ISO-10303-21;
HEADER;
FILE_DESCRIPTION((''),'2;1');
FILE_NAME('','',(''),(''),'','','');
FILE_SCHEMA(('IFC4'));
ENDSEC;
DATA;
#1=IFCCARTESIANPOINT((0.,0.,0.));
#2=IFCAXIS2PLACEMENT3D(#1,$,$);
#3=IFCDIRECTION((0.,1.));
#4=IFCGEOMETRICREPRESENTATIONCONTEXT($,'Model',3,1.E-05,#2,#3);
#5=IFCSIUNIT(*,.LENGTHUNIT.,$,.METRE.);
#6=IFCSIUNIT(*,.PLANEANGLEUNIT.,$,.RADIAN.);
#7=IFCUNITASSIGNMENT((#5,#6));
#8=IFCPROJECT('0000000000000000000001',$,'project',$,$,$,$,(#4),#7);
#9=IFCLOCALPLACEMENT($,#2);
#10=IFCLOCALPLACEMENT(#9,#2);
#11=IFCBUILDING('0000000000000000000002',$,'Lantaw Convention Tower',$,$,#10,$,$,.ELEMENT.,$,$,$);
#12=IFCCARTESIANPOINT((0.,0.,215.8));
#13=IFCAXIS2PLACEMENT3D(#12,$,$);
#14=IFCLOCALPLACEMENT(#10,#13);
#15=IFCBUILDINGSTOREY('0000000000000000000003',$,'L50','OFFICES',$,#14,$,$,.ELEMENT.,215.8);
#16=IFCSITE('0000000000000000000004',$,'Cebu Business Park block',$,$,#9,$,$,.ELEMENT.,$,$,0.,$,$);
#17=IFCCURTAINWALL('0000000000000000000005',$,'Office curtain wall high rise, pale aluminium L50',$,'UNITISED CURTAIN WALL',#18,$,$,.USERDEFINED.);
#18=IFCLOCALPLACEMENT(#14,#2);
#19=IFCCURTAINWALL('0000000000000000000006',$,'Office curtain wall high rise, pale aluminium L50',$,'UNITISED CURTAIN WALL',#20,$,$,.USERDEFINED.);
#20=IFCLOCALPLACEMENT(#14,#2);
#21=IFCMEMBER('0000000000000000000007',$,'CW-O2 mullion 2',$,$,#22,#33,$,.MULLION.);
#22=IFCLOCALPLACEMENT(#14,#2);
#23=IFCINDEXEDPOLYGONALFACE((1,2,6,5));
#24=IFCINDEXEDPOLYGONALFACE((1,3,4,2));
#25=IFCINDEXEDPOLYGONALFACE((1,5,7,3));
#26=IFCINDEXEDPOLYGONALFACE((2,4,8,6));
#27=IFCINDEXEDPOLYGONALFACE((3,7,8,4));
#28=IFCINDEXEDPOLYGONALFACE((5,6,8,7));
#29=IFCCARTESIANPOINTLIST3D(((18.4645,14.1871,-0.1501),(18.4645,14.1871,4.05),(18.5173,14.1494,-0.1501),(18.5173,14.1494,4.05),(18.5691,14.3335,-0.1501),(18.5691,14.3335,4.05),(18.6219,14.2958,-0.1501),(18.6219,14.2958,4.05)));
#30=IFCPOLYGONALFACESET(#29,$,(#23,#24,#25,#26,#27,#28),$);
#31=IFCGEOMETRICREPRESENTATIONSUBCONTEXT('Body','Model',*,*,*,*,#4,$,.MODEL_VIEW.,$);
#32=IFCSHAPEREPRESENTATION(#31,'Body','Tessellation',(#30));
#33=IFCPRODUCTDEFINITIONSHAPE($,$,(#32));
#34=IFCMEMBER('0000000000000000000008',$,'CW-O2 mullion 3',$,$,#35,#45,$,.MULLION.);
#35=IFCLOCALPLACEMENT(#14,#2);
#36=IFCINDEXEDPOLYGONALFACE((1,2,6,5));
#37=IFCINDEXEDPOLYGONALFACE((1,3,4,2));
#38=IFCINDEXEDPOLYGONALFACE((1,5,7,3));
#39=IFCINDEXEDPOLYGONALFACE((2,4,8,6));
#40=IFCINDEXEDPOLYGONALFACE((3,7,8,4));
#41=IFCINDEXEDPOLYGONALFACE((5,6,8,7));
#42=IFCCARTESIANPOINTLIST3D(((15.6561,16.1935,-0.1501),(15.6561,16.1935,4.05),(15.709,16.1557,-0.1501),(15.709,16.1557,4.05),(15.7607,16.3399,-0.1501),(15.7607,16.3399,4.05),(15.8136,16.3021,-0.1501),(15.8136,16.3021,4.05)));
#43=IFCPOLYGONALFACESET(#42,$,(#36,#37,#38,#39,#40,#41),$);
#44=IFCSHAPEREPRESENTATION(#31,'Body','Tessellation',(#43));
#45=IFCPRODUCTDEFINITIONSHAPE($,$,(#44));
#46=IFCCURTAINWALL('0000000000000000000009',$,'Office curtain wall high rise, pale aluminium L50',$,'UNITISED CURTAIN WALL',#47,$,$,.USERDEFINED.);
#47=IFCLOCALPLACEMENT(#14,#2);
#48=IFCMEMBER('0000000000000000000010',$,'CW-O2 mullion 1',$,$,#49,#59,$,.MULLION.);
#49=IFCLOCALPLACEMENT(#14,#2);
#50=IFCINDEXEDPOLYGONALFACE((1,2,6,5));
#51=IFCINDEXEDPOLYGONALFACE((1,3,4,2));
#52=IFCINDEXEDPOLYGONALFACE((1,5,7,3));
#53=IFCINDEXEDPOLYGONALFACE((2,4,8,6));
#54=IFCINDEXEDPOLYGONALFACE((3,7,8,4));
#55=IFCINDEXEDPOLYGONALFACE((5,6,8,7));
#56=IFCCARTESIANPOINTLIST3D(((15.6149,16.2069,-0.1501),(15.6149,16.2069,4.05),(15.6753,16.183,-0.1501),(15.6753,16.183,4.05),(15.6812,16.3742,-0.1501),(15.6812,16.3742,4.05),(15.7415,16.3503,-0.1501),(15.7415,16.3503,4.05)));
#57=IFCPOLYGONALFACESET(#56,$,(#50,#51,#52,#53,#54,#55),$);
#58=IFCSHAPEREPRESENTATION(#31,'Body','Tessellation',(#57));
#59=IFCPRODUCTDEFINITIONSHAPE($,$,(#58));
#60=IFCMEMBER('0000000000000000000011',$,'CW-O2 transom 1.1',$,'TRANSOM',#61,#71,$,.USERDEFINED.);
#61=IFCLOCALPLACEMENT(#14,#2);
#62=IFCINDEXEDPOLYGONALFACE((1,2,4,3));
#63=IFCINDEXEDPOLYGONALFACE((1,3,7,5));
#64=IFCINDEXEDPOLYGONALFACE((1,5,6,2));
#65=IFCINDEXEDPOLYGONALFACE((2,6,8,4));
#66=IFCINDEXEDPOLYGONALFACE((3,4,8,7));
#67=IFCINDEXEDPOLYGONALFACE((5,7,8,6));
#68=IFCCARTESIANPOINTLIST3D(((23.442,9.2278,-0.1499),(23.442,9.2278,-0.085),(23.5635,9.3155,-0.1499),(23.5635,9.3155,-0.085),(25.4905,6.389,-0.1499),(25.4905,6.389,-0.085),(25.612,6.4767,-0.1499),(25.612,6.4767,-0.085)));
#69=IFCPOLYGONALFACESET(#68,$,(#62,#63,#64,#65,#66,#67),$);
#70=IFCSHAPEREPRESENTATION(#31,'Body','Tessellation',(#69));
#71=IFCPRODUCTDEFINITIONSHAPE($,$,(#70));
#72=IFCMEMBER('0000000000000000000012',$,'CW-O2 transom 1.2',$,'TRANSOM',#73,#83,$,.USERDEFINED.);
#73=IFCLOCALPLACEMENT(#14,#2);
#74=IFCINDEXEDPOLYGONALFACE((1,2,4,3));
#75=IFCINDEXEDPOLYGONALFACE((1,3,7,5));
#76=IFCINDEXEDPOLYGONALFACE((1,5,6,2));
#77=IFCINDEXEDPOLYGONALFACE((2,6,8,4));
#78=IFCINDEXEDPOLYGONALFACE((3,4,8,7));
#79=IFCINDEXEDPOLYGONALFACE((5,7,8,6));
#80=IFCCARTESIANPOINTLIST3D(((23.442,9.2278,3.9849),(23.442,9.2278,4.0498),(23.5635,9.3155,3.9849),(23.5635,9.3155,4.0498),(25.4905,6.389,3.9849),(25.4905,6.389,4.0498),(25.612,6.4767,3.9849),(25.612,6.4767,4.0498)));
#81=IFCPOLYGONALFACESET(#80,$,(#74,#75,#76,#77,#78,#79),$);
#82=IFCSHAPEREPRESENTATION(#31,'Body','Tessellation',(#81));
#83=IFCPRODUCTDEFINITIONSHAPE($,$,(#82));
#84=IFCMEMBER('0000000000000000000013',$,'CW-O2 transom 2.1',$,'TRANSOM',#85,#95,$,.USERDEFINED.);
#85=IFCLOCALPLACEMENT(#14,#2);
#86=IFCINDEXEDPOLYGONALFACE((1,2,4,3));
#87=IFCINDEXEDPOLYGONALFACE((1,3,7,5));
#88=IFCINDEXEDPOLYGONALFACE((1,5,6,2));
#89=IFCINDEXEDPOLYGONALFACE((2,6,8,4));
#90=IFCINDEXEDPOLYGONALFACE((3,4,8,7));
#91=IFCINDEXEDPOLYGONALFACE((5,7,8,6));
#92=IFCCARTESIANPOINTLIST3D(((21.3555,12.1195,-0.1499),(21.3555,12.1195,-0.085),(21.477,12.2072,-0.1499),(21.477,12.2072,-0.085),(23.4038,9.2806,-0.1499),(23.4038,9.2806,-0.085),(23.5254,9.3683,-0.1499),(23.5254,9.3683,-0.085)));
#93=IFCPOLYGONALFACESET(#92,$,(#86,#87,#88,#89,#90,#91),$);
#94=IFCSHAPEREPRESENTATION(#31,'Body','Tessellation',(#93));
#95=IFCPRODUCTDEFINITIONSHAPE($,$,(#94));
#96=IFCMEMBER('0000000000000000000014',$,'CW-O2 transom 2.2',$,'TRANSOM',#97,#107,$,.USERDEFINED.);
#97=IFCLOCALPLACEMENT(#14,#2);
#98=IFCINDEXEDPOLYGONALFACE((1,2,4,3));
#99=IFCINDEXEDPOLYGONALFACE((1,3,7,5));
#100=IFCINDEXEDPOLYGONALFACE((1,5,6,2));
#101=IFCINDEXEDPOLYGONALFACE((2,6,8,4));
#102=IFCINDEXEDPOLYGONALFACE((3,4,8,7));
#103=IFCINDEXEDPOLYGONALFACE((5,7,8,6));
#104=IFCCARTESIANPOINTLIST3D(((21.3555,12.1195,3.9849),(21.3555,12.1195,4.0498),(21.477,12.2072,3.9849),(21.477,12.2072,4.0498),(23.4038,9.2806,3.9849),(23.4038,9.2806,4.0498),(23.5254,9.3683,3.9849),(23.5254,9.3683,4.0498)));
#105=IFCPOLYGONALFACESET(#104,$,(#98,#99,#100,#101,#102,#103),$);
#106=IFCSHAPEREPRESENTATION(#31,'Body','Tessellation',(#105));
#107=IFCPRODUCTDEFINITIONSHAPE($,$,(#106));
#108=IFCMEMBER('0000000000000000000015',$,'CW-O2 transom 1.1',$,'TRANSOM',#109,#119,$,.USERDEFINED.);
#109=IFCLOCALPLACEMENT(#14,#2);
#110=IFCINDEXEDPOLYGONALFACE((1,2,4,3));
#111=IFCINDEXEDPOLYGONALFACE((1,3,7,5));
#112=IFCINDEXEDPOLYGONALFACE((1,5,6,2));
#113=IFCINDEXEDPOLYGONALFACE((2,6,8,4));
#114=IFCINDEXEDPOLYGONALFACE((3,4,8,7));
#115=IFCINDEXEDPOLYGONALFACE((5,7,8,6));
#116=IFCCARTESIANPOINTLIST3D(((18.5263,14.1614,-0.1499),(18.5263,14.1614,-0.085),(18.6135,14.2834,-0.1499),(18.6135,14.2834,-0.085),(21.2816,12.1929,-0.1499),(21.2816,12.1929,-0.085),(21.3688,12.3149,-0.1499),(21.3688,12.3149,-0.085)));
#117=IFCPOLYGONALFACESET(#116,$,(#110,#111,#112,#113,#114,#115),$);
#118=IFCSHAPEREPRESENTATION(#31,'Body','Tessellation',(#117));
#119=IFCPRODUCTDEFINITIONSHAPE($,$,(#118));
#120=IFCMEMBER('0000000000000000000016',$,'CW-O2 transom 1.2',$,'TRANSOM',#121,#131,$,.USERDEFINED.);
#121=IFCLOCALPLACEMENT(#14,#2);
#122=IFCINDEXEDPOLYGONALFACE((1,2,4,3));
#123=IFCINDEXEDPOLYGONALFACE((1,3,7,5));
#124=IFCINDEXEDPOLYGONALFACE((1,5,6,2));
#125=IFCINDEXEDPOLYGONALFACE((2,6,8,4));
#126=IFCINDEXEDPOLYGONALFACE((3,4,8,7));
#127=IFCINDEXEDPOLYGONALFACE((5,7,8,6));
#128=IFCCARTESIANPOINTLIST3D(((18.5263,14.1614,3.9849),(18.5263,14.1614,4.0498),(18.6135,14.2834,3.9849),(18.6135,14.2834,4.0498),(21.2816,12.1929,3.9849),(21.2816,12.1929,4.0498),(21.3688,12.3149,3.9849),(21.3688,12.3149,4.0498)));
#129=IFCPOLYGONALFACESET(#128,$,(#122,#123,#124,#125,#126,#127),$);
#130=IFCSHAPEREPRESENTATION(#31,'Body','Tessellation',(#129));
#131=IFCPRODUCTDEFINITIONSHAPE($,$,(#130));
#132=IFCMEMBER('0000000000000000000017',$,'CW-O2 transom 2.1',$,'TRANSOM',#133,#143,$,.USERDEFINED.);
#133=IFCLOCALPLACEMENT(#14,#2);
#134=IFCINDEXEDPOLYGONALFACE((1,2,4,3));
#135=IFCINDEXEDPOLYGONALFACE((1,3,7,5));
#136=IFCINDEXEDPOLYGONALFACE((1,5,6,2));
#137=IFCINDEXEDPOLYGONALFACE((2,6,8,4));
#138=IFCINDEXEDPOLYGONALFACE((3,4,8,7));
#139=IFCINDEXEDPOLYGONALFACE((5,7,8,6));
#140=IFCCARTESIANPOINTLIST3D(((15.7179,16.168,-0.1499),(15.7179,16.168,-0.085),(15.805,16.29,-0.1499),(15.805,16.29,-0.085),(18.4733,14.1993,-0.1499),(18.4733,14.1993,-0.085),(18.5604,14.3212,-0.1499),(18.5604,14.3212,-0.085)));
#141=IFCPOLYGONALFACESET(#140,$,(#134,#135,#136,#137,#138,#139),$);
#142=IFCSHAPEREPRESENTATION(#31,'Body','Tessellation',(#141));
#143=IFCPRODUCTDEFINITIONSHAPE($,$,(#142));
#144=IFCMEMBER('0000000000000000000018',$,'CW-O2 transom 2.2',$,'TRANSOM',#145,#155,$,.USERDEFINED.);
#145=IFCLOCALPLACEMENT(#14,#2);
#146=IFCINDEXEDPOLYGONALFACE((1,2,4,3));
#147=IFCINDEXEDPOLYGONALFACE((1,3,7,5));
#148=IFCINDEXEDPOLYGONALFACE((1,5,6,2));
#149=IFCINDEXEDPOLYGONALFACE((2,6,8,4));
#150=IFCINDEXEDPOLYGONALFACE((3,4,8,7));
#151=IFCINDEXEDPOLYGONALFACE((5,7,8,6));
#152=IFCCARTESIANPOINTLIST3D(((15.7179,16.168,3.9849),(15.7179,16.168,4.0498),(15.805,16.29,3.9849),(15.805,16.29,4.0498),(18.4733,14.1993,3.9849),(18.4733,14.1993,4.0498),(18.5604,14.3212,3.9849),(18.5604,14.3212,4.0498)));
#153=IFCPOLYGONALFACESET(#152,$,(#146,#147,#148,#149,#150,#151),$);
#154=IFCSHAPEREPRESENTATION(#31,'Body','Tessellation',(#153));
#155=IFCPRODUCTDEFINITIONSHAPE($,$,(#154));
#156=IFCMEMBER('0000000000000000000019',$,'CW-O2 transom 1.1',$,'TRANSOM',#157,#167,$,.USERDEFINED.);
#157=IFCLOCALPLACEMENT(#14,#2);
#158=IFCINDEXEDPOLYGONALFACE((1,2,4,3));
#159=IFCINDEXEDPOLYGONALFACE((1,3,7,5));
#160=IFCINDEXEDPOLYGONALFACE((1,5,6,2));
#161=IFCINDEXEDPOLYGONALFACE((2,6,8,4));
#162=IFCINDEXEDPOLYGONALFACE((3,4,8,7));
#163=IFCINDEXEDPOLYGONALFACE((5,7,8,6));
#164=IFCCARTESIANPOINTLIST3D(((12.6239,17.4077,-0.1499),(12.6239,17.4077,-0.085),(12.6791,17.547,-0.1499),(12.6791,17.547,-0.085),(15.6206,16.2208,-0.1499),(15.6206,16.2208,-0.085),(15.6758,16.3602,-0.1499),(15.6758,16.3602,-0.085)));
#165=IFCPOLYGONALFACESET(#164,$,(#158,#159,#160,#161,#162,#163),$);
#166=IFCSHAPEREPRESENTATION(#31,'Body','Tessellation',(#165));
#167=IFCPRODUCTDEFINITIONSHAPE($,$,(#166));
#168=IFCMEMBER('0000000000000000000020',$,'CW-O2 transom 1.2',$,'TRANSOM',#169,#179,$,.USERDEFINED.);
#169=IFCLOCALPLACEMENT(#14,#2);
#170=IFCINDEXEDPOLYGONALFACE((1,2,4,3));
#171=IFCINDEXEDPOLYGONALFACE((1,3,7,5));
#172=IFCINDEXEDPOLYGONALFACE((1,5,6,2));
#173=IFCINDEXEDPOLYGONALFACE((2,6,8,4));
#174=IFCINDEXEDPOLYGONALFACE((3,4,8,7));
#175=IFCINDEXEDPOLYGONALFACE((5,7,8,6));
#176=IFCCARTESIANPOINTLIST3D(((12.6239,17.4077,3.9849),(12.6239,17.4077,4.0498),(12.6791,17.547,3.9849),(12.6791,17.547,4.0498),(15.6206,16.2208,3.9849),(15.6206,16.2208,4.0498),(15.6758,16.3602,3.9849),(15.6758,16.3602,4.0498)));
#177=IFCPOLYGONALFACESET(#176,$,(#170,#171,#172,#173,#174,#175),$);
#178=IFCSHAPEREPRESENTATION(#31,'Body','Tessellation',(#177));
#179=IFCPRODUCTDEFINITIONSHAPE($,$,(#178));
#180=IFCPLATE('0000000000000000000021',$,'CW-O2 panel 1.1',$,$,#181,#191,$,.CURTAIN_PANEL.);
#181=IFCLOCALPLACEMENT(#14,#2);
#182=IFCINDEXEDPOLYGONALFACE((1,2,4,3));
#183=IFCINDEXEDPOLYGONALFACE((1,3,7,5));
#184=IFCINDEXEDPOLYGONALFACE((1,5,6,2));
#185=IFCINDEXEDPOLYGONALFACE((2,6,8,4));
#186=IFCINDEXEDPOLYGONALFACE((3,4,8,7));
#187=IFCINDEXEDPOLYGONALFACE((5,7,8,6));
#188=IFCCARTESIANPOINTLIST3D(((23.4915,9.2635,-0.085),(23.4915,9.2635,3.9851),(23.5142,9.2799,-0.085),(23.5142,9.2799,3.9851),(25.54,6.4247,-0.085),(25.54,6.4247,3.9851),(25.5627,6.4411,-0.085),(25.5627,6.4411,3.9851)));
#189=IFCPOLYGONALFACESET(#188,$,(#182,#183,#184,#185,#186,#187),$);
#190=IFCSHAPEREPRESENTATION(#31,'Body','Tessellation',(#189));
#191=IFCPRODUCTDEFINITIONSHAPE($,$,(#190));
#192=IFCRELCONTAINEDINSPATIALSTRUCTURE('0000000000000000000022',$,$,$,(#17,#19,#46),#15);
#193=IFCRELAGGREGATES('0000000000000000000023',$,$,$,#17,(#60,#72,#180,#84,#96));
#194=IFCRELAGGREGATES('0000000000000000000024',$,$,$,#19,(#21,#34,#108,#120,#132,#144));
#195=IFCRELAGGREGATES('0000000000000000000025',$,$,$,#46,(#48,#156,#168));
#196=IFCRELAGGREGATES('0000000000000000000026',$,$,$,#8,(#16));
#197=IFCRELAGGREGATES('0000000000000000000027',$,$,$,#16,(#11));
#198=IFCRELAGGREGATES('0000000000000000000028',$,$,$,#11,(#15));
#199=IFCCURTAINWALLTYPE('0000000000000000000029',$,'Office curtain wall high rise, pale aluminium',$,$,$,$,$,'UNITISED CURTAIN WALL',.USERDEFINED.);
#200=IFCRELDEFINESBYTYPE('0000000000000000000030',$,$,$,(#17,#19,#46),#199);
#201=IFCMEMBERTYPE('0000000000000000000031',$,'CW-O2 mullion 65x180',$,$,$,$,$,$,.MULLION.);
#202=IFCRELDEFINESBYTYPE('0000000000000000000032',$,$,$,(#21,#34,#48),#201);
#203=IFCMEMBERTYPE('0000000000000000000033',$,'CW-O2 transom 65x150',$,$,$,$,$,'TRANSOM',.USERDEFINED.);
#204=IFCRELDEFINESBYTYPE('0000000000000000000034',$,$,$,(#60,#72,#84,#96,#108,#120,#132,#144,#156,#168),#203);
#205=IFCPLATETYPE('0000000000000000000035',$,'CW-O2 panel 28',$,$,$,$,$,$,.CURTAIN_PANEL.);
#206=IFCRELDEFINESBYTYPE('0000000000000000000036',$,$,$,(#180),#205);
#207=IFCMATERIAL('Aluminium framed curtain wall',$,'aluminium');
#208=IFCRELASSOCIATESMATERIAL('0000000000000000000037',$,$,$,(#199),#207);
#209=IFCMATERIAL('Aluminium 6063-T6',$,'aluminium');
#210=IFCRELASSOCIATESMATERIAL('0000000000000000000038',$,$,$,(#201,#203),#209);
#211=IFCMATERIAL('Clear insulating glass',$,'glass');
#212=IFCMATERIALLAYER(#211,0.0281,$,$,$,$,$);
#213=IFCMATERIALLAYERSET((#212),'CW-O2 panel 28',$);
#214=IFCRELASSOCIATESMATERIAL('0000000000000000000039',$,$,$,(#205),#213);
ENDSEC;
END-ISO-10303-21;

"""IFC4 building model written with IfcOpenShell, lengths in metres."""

from ifc_helpers import new_model, si_unit, direction, frame, origin, origin_2d, place, context, subcontext, project, spatial, rectangle, extrude, material, layer, layer_set, material_profile, profile_set, type_object, element, aggregate, save


model = new_model("IFC4")

# Units and contexts
model_context = context("Model", 3, precision=1e-05, world=origin(), true_north=direction((0.0, 1.0)))
body_context = subcontext(model_context, "Body", "Model", "MODEL_VIEW")
ifc_project = project(units=[si_unit("LENGTHUNIT", "METRE"), si_unit("PLANEANGLEUNIT", "RADIAN")], contexts=[model_context])

# Site, building, storey
site_placement = place(None, origin())
site = spatial("IfcSite", under=ifc_project, at=site_placement, Name="Cebu Business Park block", CompositionType="ELEMENT", RefElevation=0.0)
building_placement = place(site_placement, origin())
building = spatial("IfcBuilding", under=site, at=building_placement, Name="Lantaw Convention Tower", CompositionType="ELEMENT")
storey_placement = place(building_placement, frame((0.0, 0.0, 215.8)))
storey = spatial("IfcBuildingStorey", under=building, at=storey_placement, Name="L50", Description="OFFICES", CompositionType="ELEMENT", Elevation=215.8)

# Curtain walls, members
ifc_material_1 = material(Name="Aluminium framed curtain wall", Category="aluminium")
curtain_wall_type = type_object("IfcCurtainWallType", Name="Office curtain wall high rise, pale aluminium", ElementType="UNITISED CURTAIN WALL", PredefinedType="USERDEFINED", material=ifc_material_1)
curtain_wall_1_placement = place(storey_placement, origin())
curtain_wall_1 = element("IfcCurtainWall", 1, at=curtain_wall_1_placement, inside=storey, type_object=curtain_wall_type, Name="Office curtain wall high rise, pale aluminium L50", ObjectType="UNITISED CURTAIN WALL", PredefinedType="USERDEFINED")
ifc_material_2 = material(Name="Aluminium 6063-T6", Category="aluminium")
ifc_material_profile_1 = material_profile(ifc_material_2, rectangle(XDim=0.1799, YDim=0.0649, at=origin_2d()), Name="CW-O2 mullion 65x180")
ifc_profile_set_1 = profile_set([ifc_material_profile_1], Name="Aluminium 6063-T6")
member_type_1 = type_object("IfcMemberType", Name="CW-O2 mullion 65x180", PredefinedType="MULLION", material=ifc_profile_set_1)
curtain_wall_2_placement = place(storey_placement, origin())
curtain_wall_2 = element("IfcCurtainWall", 2, at=curtain_wall_2_placement, inside=storey, type_object=curtain_wall_type, Name="Office curtain wall high rise, pale aluminium L50", ObjectType="UNITISED CURTAIN WALL", PredefinedType="USERDEFINED")
member_1_placement = place(storey_placement, frame((18.5432, 14.2415, -0.1501), z_axis=(0.0, 0.0, 1.0), x_axis=(-0.581323, -0.813673, 0.0)))
member_1 = element("IfcMember", 3, at=member_1_placement, type_object=member_type_1, Name="CW-O2 mullion 2", PredefinedType="MULLION", context=body_context, shape_type="SweptSolid", body=[
    extrude(rectangle(XDim=0.1799, YDim=0.0649, at=origin_2d()), origin(), (0.0, 0.0, 1.0), 4.2002),
])
member_2_placement = place(storey_placement, frame((15.7349, 16.2478, -0.1501), z_axis=(0.0, 0.0, 1.0), x_axis=(-0.581323, -0.813673, 0.0)))
member_2 = element("IfcMember", 4, at=member_2_placement, type_object=member_type_1, Name="CW-O2 mullion 3", PredefinedType="MULLION", context=body_context, shape_type="SweptSolid", body=[
    extrude(rectangle(XDim=0.1799, YDim=0.0649, at=origin_2d()), origin(), (0.0, 0.0, 1.0), 4.2002),
])

# Curtain wall, member
curtain_wall_3_placement = place(storey_placement, origin())
curtain_wall_3 = element("IfcCurtainWall", 5, at=curtain_wall_3_placement, inside=storey, type_object=curtain_wall_type, Name="Office curtain wall high rise, pale aluminium L50", ObjectType="UNITISED CURTAIN WALL", PredefinedType="USERDEFINED")
member_3_placement = place(storey_placement, frame((15.6782, 16.2786, -0.1501), z_axis=(0.0, 0.0, 1.0), x_axis=(-0.368162, -0.929762, 0.0)))
member_3 = element("IfcMember", 6, at=member_3_placement, type_object=member_type_1, Name="CW-O2 mullion 1", PredefinedType="MULLION", context=body_context, shape_type="SweptSolid", body=[
    extrude(rectangle(XDim=0.1799, YDim=0.0649, at=origin_2d()), origin(), (0.0, 0.0, 1.0), 4.2002),
])

# Members
ifc_material_profile_2 = material_profile(ifc_material_2, rectangle(XDim=0.1499, YDim=0.0649, at=origin_2d()), Name="CW-O2 transom 65x150")
ifc_profile_set_2 = profile_set([ifc_material_profile_2], Name="Aluminium 6063-T6")
member_type_2 = type_object("IfcMemberType", Name="CW-O2 transom 65x150", ElementType="TRANSOM", PredefinedType="USERDEFINED", material=ifc_profile_set_2)
member_4_placement = place(storey_placement, frame((25.5513, 6.4329, -0.1174), z_axis=(-0.58517, 0.810911, 0.0), x_axis=(-0.810911, -0.58517, 0.0)))
member_4 = element("IfcMember", 7, at=member_4_placement, type_object=member_type_2, Name="CW-O2 transom 1.1", ObjectType="TRANSOM", PredefinedType="USERDEFINED", context=body_context, shape_type="SweptSolid", body=[
    extrude(rectangle(XDim=0.1499, YDim=0.0649, at=origin_2d()), origin(), (0.0, 0.0, 1.0), 3.5007),
])
member_5_placement = place(storey_placement, frame((25.5513, 6.4329, 4.0173), z_axis=(-0.58517, 0.810911, 0.0), x_axis=(-0.810911, -0.58517, 0.0)))
member_5 = element("IfcMember", 8, at=member_5_placement, type_object=member_type_2, Name="CW-O2 transom 1.2", ObjectType="TRANSOM", PredefinedType="USERDEFINED", context=body_context, shape_type="SweptSolid", body=[
    extrude(rectangle(XDim=0.1499, YDim=0.0649, at=origin_2d()), origin(), (0.0, 0.0, 1.0), 3.5007),
])
member_6_placement = place(storey_placement, frame((23.4646, 9.3245, -0.1174), z_axis=(-0.585124, 0.810944, 0.0), x_axis=(-0.810944, -0.585124, 0.0)))
member_6 = element("IfcMember", 9, at=member_6_placement, type_object=member_type_2, Name="CW-O2 transom 2.1", ObjectType="TRANSOM", PredefinedType="USERDEFINED", context=body_context, shape_type="SweptSolid", body=[
    extrude(rectangle(XDim=0.1499, YDim=0.0649, at=origin_2d()), origin(), (0.0, 0.0, 1.0), 3.5007),
])
member_7_placement = place(storey_placement, frame((23.4646, 9.3245, 4.0173), z_axis=(-0.585124, 0.810944, 0.0), x_axis=(-0.810944, -0.585124, 0.0)))
member_7 = element("IfcMember", 10, at=member_7_placement, type_object=member_type_2, Name="CW-O2 transom 2.2", ObjectType="TRANSOM", PredefinedType="USERDEFINED", context=body_context, shape_type="SweptSolid", body=[
    extrude(rectangle(XDim=0.1499, YDim=0.0649, at=origin_2d()), origin(), (0.0, 0.0, 1.0), 3.5007),
])
member_8_placement = place(storey_placement, frame((21.3252, 12.2539, -0.1174), z_axis=(-0.81368, 0.581313, 0.0), x_axis=(-0.581313, -0.81368, 0.0)))
member_8 = element("IfcMember", 11, at=member_8_placement, type_object=member_type_2, Name="CW-O2 transom 1.1", ObjectType="TRANSOM", PredefinedType="USERDEFINED", context=body_context, shape_type="SweptSolid", body=[
    extrude(rectangle(XDim=0.1499, YDim=0.0649, at=origin_2d()), origin(), (0.0, 0.0, 1.0), 3.3862),
])
member_9_placement = place(storey_placement, frame((21.3252, 12.2539, 4.0173), z_axis=(-0.81368, 0.581313, 0.0), x_axis=(-0.581313, -0.81368, 0.0)))
member_9 = element("IfcMember", 12, at=member_9_placement, type_object=member_type_2, Name="CW-O2 transom 1.2", ObjectType="TRANSOM", PredefinedType="USERDEFINED", context=body_context, shape_type="SweptSolid", body=[
    extrude(rectangle(XDim=0.1499, YDim=0.0649, at=origin_2d()), origin(), (0.0, 0.0, 1.0), 3.3862),
])
member_10_placement = place(storey_placement, frame((18.5168, 14.2603, -0.1174), z_axis=(-0.813646, 0.581361, 0.0), x_axis=(-0.581361, -0.813646, 0.0)))
member_10 = element("IfcMember", 13, at=member_10_placement, type_object=member_type_2, Name="CW-O2 transom 2.1", ObjectType="TRANSOM", PredefinedType="USERDEFINED", context=body_context, shape_type="SweptSolid", body=[
    extrude(rectangle(XDim=0.1499, YDim=0.0649, at=origin_2d()), origin(), (0.0, 0.0, 1.0), 3.3865),
])
member_11_placement = place(storey_placement, frame((18.5168, 14.2603, 4.0173), z_axis=(-0.813646, 0.581361, 0.0), x_axis=(-0.581361, -0.813646, 0.0)))
member_11 = element("IfcMember", 14, at=member_11_placement, type_object=member_type_2, Name="CW-O2 transom 2.2", ObjectType="TRANSOM", PredefinedType="USERDEFINED", context=body_context, shape_type="SweptSolid", body=[
    extrude(rectangle(XDim=0.1499, YDim=0.0649, at=origin_2d()), origin(), (0.0, 0.0, 1.0), 3.3865),
])
member_12_placement = place(storey_placement, frame((15.6482, 16.2905, -0.1174), z_axis=(-0.929741, 0.368215, 0.0), x_axis=(-0.368215, -0.929741, 0.0)))
member_12 = element("IfcMember", 15, at=member_12_placement, type_object=member_type_2, Name="CW-O2 transom 1.1", ObjectType="TRANSOM", PredefinedType="USERDEFINED", context=body_context, shape_type="SweptSolid", body=[
    extrude(rectangle(XDim=0.1499, YDim=0.0649, at=origin_2d()), origin(), (0.0, 0.0, 1.0), 3.2231),
])
member_13_placement = place(storey_placement, frame((15.6482, 16.2905, 4.0173), z_axis=(-0.929741, 0.368215, 0.0), x_axis=(-0.368215, -0.929741, 0.0)))
member_13 = element("IfcMember", 16, at=member_13_placement, type_object=member_type_2, Name="CW-O2 transom 1.2", ObjectType="TRANSOM", PredefinedType="USERDEFINED", context=body_context, shape_type="SweptSolid", body=[
    extrude(rectangle(XDim=0.1499, YDim=0.0649, at=origin_2d()), origin(), (0.0, 0.0, 1.0), 3.2231),
])

# Plate
ifc_material_3 = material(Name="Clear insulating glass", Category="glass")
ifc_layer_1 = layer(ifc_material_3, 0.0281)
ifc_layer_set_1 = layer_set([ifc_layer_1], Name="CW-O2 panel 28")
plate_type_1 = type_object("IfcPlateType", Name="CW-O2 panel 28", PredefinedType="CURTAIN_PANEL", material=ifc_layer_set_1)
plate_1_placement = place(storey_placement, frame((24.5271, 7.8523, -0.085), z_axis=(0.0, 0.0, 1.0), x_axis=(-0.585158, 0.81092, 0.0)))
plate_1 = element("IfcPlate", 17, at=plate_1_placement, type_object=plate_type_1, Name="CW-O2 panel 1.1", PredefinedType="CURTAIN_PANEL", context=body_context, shape_type="SweptSolid", body=[
    extrude(rectangle(XDim=3.5007, YDim=0.0281, at=origin_2d()), origin(), (0.0, 0.0, 1.0), 4.0701),
])
aggregate(curtain_wall_1, [member_4, member_5, plate_1, member_6, member_7])
aggregate(curtain_wall_2, [member_1, member_2, member_8, member_9, member_10, member_11])
aggregate(curtain_wall_3, [member_3, member_12, member_13])

save(model, "model.ifc")
